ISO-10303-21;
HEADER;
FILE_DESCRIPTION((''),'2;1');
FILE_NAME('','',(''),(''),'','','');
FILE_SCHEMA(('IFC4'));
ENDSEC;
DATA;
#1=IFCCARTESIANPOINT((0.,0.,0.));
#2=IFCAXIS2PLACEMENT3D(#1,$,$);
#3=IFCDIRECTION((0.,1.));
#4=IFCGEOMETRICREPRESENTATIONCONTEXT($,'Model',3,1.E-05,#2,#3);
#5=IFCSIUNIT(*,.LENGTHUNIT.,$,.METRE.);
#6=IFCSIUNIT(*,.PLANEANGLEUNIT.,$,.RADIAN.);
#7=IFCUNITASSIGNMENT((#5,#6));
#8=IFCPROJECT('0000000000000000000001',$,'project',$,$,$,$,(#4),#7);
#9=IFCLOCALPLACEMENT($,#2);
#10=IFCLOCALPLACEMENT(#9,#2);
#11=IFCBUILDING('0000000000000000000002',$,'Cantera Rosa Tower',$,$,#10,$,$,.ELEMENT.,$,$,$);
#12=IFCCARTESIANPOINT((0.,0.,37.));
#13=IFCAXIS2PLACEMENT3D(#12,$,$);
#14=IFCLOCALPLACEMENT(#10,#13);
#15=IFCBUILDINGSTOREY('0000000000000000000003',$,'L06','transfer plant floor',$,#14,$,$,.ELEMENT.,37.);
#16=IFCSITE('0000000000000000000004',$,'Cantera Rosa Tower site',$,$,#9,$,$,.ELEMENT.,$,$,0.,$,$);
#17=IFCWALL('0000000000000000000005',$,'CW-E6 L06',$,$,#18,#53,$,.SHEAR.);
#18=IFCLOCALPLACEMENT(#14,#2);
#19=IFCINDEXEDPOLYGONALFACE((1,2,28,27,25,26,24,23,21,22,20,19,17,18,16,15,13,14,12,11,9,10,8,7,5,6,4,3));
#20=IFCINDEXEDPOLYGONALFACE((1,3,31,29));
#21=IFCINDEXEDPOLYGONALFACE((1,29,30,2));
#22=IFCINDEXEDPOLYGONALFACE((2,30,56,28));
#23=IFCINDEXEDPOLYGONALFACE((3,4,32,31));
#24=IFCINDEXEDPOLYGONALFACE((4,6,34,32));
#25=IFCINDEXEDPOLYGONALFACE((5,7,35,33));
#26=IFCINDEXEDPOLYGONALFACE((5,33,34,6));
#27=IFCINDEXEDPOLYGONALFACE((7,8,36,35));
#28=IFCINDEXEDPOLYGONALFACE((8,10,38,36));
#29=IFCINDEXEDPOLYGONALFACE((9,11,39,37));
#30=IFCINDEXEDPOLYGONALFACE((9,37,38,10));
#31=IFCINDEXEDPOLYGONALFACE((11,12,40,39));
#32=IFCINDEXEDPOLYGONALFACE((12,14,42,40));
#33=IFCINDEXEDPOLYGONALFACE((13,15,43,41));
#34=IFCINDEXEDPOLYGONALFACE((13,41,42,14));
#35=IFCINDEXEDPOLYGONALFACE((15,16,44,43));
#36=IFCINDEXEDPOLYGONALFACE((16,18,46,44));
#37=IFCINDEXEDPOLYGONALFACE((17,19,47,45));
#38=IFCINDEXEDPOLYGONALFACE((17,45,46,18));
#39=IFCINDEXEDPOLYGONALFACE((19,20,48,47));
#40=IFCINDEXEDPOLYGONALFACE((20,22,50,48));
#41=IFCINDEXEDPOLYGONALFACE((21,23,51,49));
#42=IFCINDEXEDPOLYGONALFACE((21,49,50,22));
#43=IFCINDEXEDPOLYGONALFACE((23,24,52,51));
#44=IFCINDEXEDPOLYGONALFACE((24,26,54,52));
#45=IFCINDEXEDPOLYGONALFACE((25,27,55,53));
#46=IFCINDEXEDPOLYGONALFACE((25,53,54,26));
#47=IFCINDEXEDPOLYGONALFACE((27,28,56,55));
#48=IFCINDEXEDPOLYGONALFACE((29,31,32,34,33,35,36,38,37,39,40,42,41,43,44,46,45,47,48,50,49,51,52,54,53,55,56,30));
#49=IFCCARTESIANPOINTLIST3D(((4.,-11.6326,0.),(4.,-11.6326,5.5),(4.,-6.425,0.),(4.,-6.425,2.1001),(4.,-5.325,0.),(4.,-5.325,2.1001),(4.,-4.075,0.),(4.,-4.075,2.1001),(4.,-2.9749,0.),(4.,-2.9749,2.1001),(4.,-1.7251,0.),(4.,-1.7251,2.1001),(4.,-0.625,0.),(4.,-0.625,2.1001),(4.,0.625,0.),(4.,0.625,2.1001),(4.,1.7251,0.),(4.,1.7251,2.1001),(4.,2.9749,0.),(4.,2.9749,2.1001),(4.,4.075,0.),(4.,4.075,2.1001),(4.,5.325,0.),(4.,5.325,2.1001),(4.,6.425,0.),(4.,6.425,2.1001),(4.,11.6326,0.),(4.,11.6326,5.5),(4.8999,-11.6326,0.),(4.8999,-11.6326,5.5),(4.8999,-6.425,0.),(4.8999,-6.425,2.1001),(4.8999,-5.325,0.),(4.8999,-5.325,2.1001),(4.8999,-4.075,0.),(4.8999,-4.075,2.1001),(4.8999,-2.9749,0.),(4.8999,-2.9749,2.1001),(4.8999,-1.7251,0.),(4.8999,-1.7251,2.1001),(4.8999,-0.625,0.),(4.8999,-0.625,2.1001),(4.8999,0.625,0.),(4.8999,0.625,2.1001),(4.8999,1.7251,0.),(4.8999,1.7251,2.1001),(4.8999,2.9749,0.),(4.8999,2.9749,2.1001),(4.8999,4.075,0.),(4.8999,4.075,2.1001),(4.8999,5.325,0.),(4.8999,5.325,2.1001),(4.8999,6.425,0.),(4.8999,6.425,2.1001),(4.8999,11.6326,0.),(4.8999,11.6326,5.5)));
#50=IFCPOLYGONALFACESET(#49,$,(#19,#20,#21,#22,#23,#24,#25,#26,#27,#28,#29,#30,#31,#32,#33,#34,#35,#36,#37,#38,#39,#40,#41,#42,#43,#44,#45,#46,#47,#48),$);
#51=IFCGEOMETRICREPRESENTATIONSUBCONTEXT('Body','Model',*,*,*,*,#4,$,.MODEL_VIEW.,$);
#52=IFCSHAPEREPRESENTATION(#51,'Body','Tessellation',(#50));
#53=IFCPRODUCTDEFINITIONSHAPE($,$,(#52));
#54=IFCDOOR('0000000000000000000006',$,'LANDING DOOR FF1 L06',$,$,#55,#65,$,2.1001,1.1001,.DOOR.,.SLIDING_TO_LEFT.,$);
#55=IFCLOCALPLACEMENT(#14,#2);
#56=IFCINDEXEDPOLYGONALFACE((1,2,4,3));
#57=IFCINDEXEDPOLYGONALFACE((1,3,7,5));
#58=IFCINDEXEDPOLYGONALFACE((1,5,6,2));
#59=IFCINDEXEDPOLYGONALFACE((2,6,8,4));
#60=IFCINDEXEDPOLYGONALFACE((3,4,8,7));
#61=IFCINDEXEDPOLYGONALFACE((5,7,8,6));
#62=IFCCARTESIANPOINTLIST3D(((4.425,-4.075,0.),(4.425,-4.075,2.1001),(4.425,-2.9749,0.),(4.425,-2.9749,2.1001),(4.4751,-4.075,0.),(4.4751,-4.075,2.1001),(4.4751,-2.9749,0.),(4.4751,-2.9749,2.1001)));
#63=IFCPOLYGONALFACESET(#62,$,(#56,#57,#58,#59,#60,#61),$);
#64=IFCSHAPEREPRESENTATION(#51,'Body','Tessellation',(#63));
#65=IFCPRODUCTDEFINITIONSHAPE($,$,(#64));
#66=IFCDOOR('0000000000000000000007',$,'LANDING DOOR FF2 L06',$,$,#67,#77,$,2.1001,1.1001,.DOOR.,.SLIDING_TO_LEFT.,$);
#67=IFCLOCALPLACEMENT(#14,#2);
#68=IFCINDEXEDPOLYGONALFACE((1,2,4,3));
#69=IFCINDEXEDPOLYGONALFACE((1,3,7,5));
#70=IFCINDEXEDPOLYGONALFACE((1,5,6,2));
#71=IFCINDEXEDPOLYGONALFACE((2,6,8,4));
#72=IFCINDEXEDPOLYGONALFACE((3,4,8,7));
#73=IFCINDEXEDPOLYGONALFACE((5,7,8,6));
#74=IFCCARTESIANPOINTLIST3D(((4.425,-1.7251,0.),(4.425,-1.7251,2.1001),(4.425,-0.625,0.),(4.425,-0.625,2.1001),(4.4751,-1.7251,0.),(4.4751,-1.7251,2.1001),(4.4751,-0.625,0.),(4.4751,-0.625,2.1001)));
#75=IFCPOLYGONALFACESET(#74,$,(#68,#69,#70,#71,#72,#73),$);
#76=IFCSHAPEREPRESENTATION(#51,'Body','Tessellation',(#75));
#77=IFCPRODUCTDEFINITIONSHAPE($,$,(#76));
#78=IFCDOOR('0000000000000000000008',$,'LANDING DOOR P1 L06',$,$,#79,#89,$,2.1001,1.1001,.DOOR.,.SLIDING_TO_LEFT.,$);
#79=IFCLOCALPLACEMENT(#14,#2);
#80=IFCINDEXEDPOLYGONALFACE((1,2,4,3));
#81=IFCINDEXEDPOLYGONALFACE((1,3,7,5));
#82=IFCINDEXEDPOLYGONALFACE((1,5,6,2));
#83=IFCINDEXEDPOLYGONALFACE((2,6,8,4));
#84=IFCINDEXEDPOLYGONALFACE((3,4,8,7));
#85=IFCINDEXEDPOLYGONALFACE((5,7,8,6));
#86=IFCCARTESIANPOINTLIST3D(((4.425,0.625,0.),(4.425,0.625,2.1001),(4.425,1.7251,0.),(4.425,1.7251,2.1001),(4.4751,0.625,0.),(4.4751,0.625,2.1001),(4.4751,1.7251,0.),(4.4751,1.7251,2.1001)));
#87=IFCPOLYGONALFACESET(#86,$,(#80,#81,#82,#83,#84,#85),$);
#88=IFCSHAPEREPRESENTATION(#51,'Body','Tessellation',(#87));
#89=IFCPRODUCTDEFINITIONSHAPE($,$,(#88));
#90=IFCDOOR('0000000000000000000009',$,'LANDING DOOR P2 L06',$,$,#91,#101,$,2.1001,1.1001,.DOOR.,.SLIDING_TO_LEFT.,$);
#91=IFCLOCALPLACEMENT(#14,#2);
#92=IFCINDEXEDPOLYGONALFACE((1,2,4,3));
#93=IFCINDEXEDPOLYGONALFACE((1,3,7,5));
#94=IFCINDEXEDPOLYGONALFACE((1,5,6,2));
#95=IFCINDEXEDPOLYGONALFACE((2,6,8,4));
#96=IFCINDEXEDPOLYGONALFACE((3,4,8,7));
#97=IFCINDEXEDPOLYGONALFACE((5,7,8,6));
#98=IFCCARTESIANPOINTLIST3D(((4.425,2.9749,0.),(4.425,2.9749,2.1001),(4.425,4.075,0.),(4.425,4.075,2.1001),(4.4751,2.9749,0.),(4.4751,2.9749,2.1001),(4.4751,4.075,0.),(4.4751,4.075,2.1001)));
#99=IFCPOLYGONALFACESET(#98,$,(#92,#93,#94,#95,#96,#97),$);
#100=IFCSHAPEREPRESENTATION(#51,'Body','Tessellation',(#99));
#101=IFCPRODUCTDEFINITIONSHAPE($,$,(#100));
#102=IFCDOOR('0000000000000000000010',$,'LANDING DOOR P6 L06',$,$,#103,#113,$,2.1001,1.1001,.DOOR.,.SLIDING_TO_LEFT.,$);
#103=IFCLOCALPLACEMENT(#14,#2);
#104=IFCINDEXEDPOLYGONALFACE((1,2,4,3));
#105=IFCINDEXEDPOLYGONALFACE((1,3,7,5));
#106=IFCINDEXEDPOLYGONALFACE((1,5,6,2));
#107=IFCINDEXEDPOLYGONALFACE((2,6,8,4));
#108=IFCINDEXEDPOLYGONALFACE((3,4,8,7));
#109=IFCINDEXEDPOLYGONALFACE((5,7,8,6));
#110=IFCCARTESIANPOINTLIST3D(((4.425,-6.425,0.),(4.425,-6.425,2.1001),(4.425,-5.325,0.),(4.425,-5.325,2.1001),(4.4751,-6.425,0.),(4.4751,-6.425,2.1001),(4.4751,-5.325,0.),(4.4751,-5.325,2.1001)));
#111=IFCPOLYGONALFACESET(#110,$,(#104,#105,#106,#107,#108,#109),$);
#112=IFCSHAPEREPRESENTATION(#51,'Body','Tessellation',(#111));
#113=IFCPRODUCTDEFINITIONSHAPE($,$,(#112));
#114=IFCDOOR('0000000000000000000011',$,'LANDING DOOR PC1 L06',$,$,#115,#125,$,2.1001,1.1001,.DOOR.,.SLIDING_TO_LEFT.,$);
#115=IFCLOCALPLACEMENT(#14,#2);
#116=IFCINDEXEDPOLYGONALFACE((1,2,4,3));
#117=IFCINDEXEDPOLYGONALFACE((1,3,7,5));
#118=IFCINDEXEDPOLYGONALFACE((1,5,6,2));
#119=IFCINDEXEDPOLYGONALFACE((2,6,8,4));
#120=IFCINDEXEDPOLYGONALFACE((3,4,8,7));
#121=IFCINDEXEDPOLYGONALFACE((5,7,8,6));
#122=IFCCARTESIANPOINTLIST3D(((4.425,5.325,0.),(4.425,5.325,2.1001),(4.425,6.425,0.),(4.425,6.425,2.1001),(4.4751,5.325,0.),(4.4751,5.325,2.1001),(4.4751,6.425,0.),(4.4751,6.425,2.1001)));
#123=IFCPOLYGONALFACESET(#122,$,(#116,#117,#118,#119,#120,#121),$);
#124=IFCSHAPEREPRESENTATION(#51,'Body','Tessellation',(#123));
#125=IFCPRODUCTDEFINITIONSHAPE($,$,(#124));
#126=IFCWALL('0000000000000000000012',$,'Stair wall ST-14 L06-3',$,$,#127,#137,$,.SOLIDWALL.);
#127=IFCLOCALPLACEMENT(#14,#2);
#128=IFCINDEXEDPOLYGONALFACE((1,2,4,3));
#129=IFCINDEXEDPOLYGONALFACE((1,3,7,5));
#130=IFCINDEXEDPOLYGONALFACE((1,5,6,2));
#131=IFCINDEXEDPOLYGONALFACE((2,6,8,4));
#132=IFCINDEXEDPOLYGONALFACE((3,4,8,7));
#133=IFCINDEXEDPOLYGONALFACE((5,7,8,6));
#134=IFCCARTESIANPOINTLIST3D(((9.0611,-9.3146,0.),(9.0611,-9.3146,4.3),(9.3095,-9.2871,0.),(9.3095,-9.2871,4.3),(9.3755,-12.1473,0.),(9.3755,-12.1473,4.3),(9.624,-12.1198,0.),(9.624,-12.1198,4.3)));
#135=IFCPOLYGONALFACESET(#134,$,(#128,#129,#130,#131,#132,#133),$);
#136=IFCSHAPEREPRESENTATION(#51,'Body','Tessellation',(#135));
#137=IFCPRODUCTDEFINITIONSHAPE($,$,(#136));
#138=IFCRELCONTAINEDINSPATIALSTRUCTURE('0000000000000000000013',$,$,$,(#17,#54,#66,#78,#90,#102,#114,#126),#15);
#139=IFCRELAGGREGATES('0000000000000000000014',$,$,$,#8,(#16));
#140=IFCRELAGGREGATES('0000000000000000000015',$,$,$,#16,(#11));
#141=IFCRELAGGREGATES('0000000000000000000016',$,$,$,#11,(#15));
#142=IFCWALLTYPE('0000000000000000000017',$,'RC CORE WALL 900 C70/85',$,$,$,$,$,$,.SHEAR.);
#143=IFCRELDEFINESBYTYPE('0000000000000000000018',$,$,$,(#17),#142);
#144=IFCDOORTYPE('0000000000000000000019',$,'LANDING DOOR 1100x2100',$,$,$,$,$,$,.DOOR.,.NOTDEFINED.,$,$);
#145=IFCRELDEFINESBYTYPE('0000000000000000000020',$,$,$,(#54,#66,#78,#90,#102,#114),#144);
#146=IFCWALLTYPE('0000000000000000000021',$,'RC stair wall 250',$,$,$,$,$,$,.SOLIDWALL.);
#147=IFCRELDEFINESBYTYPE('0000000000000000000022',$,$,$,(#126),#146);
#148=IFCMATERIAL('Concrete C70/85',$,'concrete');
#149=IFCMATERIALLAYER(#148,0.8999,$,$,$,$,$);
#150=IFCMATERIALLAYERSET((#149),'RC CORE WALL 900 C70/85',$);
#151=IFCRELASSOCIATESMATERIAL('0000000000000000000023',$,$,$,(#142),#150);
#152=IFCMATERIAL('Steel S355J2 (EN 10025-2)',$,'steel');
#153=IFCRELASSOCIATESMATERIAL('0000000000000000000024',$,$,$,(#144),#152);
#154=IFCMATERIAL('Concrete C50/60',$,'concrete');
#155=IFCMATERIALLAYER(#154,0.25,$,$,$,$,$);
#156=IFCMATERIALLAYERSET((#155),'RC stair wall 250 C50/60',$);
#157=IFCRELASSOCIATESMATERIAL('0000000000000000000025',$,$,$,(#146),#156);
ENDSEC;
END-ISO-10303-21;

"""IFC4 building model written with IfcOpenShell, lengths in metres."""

from ifc_helpers import new_model, si_unit, direction, frame, frame_2d, origin, place, context, subcontext, project, spatial, rectangle, extrude, material, layer, layer_set, type_object, element, fill, save


model = new_model("IFC4")

# Units and contexts
model_context = context("Model", 3, precision=1e-05, world=origin(), true_north=direction((0.0, 1.0)))
body_context = subcontext(model_context, "Body", "Model", "MODEL_VIEW")
ifc_project = project(units=[si_unit("LENGTHUNIT", "METRE"), si_unit("PLANEANGLEUNIT", "RADIAN")], contexts=[model_context])

# Site, building, storey
site_placement = place(None, origin())
site = spatial("IfcSite", under=ifc_project, at=site_placement, Name="Cantera Rosa Tower site", CompositionType="ELEMENT", RefElevation=0.0)
building_placement = place(site_placement, origin())
building = spatial("IfcBuilding", under=site, at=building_placement, Name="Cantera Rosa Tower", CompositionType="ELEMENT")
storey_placement = place(building_placement, frame((0.0, 0.0, 37.0)))
storey = spatial("IfcBuildingStorey", under=building, at=storey_placement, Name="L06", Description="transfer plant floor", CompositionType="ELEMENT", Elevation=37.0)

# Wall, openings, doors
ifc_material_1 = material(Name="Concrete C70/85", Category="concrete")
ifc_layer_1 = layer(ifc_material_1, 0.8999)
ifc_layer_set_1 = layer_set([ifc_layer_1], Name="RC CORE WALL 900 C70/85")
wall_type_1 = type_object("IfcWallType", Name="RC CORE WALL 900 C70/85", PredefinedType="SHEAR", material=ifc_layer_set_1)
wall_1_placement = place(storey_placement, frame((4.45, -11.6326, 0.0), z_axis=(0.0, 0.0, 1.0), x_axis=(0.0, 1.0, 0.0)))
wall_1 = element("IfcWall", 1, at=wall_1_placement, inside=storey, type_object=wall_type_1, Name="CW-E6 L06", PredefinedType="SHEAR", context=body_context, shape_type="SweptSolid", body=[
    extrude(rectangle(XDim=23.2651, YDim=0.8999, at=frame_2d((11.6326, 0.0))), origin(), (0.0, 0.0, 1.0), 5.5),
])
opening_1_placement = place(wall_1_placement, frame((7.5576, 0.0, 0.0)))
opening_1 = element("IfcOpeningElement", 2, at=opening_1_placement, cuts=wall_1, PredefinedType="OPENING", context=body_context, shape_type="SweptSolid", body=[
    extrude(rectangle(XDim=1.1001, YDim=2.1001, at=frame_2d((0.55, 1.05))), frame((0.0, 0.46, 0.0), z_axis=(0.0, -1.0, 0.0), x_axis=(1.0, 0.0, 0.0)), (0.0, 0.0, 1.0), 0.9199),
])
opening_2_placement = place(wall_1_placement, frame((9.9075, 0.0, 0.0)))
opening_2 = element("IfcOpeningElement", 3, at=opening_2_placement, cuts=wall_1, PredefinedType="OPENING", context=body_context, shape_type="SweptSolid", body=[
    extrude(rectangle(XDim=1.1001, YDim=2.1001, at=frame_2d((0.55, 1.05))), frame((0.0, 0.46, 0.0), z_axis=(0.0, -1.0, 0.0), x_axis=(1.0, 0.0, 0.0)), (0.0, 0.0, 1.0), 0.9199),
])
opening_3_placement = place(wall_1_placement, frame((12.2576, 0.0, 0.0)))
opening_3 = element("IfcOpeningElement", 4, at=opening_3_placement, cuts=wall_1, PredefinedType="OPENING", context=body_context, shape_type="SweptSolid", body=[
    extrude(rectangle(XDim=1.1001, YDim=2.1001, at=frame_2d((0.55, 1.05))), frame((0.0, 0.46, 0.0), z_axis=(0.0, -1.0, 0.0), x_axis=(1.0, 0.0, 0.0)), (0.0, 0.0, 1.0), 0.9199),
])
opening_4_placement = place(wall_1_placement, frame((14.6074, 0.0, 0.0)))
opening_4 = element("IfcOpeningElement", 5, at=opening_4_placement, cuts=wall_1, PredefinedType="OPENING", context=body_context, shape_type="SweptSolid", body=[
    extrude(rectangle(XDim=1.1001, YDim=2.1001, at=frame_2d((0.55, 1.05))), frame((0.0, 0.46, 0.0), z_axis=(0.0, -1.0, 0.0), x_axis=(1.0, 0.0, 0.0)), (0.0, 0.0, 1.0), 0.9199),
])
opening_5_placement = place(wall_1_placement, frame((5.2075, 0.0, 0.0)))
opening_5 = element("IfcOpeningElement", 6, at=opening_5_placement, cuts=wall_1, PredefinedType="OPENING", context=body_context, shape_type="SweptSolid", body=[
    extrude(rectangle(XDim=1.1001, YDim=2.1001, at=frame_2d((0.55, 1.05))), frame((0.0, 0.46, 0.0), z_axis=(0.0, -1.0, 0.0), x_axis=(1.0, 0.0, 0.0)), (0.0, 0.0, 1.0), 0.9199),
])
opening_6_placement = place(wall_1_placement, frame((16.9575, 0.0, 0.0)))
opening_6 = element("IfcOpeningElement", 7, at=opening_6_placement, cuts=wall_1, PredefinedType="OPENING", context=body_context, shape_type="SweptSolid", body=[
    extrude(rectangle(XDim=1.1001, YDim=2.1001, at=frame_2d((0.55, 1.05))), frame((0.0, 0.46, 0.0), z_axis=(0.0, -1.0, 0.0), x_axis=(1.0, 0.0, 0.0)), (0.0, 0.0, 1.0), 0.9199),
])
ifc_material_2 = material(Name="Steel S355J2 (EN 10025-2)", Category="steel")
door_type_1 = type_object("IfcDoorType", Name="LANDING DOOR 1100x2100", OperationType="NOTDEFINED", PredefinedType="DOOR", material=ifc_material_2)
door_1_placement = place(opening_1_placement, origin())
door_1 = element("IfcDoor", 8, at=door_1_placement, inside=storey, type_object=door_type_1, Name="LANDING DOOR FF1 L06", OperationType="SLIDING_TO_LEFT", OverallHeight=2.1001, OverallWidth=1.1001, PredefinedType="DOOR", context=body_context, shape_type="SweptSolid", body=[
    extrude(rectangle(XDim=1.1001, YDim=2.1001, at=frame_2d((0.55, 1.05))), frame((0.0, 0.0249, 0.0), z_axis=(0.0, -1.0, 0.0), x_axis=(1.0, 0.0, 0.0)), (0.0, 0.0, 1.0), 0.05),
])
fill(opening_1, door_1)
door_2_placement = place(opening_2_placement, origin())
door_2 = element("IfcDoor", 9, at=door_2_placement, inside=storey, type_object=door_type_1, Name="LANDING DOOR FF2 L06", OperationType="SLIDING_TO_LEFT", OverallHeight=2.1001, OverallWidth=1.1001, PredefinedType="DOOR", context=body_context, shape_type="SweptSolid", body=[
    extrude(rectangle(XDim=1.1001, YDim=2.1001, at=frame_2d((0.55, 1.05))), frame((0.0, 0.0249, 0.0), z_axis=(0.0, -1.0, 0.0), x_axis=(1.0, 0.0, 0.0)), (0.0, 0.0, 1.0), 0.05),
])
fill(opening_2, door_2)
door_3_placement = place(opening_3_placement, origin())
door_3 = element("IfcDoor", 10, at=door_3_placement, inside=storey, type_object=door_type_1, Name="LANDING DOOR P1 L06", OperationType="SLIDING_TO_LEFT", OverallHeight=2.1001, OverallWidth=1.1001, PredefinedType="DOOR", context=body_context, shape_type="SweptSolid", body=[
    extrude(rectangle(XDim=1.1001, YDim=2.1001, at=frame_2d((0.55, 1.05))), frame((0.0, 0.0249, 0.0), z_axis=(0.0, -1.0, 0.0), x_axis=(1.0, 0.0, 0.0)), (0.0, 0.0, 1.0), 0.05),
])
fill(opening_3, door_3)
door_4_placement = place(opening_4_placement, origin())
door_4 = element("IfcDoor", 11, at=door_4_placement, inside=storey, type_object=door_type_1, Name="LANDING DOOR P2 L06", OperationType="SLIDING_TO_LEFT", OverallHeight=2.1001, OverallWidth=1.1001, PredefinedType="DOOR", context=body_context, shape_type="SweptSolid", body=[
    extrude(rectangle(XDim=1.1001, YDim=2.1001, at=frame_2d((0.55, 1.05))), frame((0.0, 0.0249, 0.0), z_axis=(0.0, -1.0, 0.0), x_axis=(1.0, 0.0, 0.0)), (0.0, 0.0, 1.0), 0.05),
])
fill(opening_4, door_4)
door_5_placement = place(opening_5_placement, origin())
door_5 = element("IfcDoor", 12, at=door_5_placement, inside=storey, type_object=door_type_1, Name="LANDING DOOR P6 L06", OperationType="SLIDING_TO_LEFT", OverallHeight=2.1001, OverallWidth=1.1001, PredefinedType="DOOR", context=body_context, shape_type="SweptSolid", body=[
    extrude(rectangle(XDim=1.1001, YDim=2.1001, at=frame_2d((0.55, 1.05))), frame((0.0, 0.0249, 0.0), z_axis=(0.0, -1.0, 0.0), x_axis=(1.0, 0.0, 0.0)), (0.0, 0.0, 1.0), 0.05),
])
fill(opening_5, door_5)
door_6_placement = place(opening_6_placement, origin())
door_6 = element("IfcDoor", 13, at=door_6_placement, inside=storey, type_object=door_type_1, Name="LANDING DOOR PC1 L06", OperationType="SLIDING_TO_LEFT", OverallHeight=2.1001, OverallWidth=1.1001, PredefinedType="DOOR", context=body_context, shape_type="SweptSolid", body=[
    extrude(rectangle(XDim=1.1001, YDim=2.1001, at=frame_2d((0.55, 1.05))), frame((0.0, 0.0249, 0.0), z_axis=(0.0, -1.0, 0.0), x_axis=(1.0, 0.0, 0.0)), (0.0, 0.0, 1.0), 0.05),
])
fill(opening_6, door_6)

# Wall
ifc_material_3 = material(Name="Concrete C50/60", Category="concrete")
ifc_layer_2 = layer(ifc_material_3, 0.25)
ifc_layer_set_2 = layer_set([ifc_layer_2], Name="RC stair wall 250 C50/60")
wall_type_2 = type_object("IfcWallType", Name="RC stair wall 250", PredefinedType="SOLIDWALL", material=ifc_layer_set_2)
wall_2_placement = place(storey_placement, frame((9.4998, -12.1335, 0.0), z_axis=(0.0, 0.0, 1.0), x_axis=(-0.110328, 0.993895, 0.0)))
element("IfcWall", 14, at=wall_2_placement, inside=storey, type_object=wall_type_2, Name="Stair wall ST-14 L06-3", PredefinedType="SOLIDWALL", context=body_context, shape_type="SweptSolid", body=[
    extrude(rectangle(XDim=2.8501, YDim=0.25, at=frame_2d((1.425, 0.0))), origin(), (0.0, 0.0, 1.0), 4.3),
])

save(model, "model.ifc")
